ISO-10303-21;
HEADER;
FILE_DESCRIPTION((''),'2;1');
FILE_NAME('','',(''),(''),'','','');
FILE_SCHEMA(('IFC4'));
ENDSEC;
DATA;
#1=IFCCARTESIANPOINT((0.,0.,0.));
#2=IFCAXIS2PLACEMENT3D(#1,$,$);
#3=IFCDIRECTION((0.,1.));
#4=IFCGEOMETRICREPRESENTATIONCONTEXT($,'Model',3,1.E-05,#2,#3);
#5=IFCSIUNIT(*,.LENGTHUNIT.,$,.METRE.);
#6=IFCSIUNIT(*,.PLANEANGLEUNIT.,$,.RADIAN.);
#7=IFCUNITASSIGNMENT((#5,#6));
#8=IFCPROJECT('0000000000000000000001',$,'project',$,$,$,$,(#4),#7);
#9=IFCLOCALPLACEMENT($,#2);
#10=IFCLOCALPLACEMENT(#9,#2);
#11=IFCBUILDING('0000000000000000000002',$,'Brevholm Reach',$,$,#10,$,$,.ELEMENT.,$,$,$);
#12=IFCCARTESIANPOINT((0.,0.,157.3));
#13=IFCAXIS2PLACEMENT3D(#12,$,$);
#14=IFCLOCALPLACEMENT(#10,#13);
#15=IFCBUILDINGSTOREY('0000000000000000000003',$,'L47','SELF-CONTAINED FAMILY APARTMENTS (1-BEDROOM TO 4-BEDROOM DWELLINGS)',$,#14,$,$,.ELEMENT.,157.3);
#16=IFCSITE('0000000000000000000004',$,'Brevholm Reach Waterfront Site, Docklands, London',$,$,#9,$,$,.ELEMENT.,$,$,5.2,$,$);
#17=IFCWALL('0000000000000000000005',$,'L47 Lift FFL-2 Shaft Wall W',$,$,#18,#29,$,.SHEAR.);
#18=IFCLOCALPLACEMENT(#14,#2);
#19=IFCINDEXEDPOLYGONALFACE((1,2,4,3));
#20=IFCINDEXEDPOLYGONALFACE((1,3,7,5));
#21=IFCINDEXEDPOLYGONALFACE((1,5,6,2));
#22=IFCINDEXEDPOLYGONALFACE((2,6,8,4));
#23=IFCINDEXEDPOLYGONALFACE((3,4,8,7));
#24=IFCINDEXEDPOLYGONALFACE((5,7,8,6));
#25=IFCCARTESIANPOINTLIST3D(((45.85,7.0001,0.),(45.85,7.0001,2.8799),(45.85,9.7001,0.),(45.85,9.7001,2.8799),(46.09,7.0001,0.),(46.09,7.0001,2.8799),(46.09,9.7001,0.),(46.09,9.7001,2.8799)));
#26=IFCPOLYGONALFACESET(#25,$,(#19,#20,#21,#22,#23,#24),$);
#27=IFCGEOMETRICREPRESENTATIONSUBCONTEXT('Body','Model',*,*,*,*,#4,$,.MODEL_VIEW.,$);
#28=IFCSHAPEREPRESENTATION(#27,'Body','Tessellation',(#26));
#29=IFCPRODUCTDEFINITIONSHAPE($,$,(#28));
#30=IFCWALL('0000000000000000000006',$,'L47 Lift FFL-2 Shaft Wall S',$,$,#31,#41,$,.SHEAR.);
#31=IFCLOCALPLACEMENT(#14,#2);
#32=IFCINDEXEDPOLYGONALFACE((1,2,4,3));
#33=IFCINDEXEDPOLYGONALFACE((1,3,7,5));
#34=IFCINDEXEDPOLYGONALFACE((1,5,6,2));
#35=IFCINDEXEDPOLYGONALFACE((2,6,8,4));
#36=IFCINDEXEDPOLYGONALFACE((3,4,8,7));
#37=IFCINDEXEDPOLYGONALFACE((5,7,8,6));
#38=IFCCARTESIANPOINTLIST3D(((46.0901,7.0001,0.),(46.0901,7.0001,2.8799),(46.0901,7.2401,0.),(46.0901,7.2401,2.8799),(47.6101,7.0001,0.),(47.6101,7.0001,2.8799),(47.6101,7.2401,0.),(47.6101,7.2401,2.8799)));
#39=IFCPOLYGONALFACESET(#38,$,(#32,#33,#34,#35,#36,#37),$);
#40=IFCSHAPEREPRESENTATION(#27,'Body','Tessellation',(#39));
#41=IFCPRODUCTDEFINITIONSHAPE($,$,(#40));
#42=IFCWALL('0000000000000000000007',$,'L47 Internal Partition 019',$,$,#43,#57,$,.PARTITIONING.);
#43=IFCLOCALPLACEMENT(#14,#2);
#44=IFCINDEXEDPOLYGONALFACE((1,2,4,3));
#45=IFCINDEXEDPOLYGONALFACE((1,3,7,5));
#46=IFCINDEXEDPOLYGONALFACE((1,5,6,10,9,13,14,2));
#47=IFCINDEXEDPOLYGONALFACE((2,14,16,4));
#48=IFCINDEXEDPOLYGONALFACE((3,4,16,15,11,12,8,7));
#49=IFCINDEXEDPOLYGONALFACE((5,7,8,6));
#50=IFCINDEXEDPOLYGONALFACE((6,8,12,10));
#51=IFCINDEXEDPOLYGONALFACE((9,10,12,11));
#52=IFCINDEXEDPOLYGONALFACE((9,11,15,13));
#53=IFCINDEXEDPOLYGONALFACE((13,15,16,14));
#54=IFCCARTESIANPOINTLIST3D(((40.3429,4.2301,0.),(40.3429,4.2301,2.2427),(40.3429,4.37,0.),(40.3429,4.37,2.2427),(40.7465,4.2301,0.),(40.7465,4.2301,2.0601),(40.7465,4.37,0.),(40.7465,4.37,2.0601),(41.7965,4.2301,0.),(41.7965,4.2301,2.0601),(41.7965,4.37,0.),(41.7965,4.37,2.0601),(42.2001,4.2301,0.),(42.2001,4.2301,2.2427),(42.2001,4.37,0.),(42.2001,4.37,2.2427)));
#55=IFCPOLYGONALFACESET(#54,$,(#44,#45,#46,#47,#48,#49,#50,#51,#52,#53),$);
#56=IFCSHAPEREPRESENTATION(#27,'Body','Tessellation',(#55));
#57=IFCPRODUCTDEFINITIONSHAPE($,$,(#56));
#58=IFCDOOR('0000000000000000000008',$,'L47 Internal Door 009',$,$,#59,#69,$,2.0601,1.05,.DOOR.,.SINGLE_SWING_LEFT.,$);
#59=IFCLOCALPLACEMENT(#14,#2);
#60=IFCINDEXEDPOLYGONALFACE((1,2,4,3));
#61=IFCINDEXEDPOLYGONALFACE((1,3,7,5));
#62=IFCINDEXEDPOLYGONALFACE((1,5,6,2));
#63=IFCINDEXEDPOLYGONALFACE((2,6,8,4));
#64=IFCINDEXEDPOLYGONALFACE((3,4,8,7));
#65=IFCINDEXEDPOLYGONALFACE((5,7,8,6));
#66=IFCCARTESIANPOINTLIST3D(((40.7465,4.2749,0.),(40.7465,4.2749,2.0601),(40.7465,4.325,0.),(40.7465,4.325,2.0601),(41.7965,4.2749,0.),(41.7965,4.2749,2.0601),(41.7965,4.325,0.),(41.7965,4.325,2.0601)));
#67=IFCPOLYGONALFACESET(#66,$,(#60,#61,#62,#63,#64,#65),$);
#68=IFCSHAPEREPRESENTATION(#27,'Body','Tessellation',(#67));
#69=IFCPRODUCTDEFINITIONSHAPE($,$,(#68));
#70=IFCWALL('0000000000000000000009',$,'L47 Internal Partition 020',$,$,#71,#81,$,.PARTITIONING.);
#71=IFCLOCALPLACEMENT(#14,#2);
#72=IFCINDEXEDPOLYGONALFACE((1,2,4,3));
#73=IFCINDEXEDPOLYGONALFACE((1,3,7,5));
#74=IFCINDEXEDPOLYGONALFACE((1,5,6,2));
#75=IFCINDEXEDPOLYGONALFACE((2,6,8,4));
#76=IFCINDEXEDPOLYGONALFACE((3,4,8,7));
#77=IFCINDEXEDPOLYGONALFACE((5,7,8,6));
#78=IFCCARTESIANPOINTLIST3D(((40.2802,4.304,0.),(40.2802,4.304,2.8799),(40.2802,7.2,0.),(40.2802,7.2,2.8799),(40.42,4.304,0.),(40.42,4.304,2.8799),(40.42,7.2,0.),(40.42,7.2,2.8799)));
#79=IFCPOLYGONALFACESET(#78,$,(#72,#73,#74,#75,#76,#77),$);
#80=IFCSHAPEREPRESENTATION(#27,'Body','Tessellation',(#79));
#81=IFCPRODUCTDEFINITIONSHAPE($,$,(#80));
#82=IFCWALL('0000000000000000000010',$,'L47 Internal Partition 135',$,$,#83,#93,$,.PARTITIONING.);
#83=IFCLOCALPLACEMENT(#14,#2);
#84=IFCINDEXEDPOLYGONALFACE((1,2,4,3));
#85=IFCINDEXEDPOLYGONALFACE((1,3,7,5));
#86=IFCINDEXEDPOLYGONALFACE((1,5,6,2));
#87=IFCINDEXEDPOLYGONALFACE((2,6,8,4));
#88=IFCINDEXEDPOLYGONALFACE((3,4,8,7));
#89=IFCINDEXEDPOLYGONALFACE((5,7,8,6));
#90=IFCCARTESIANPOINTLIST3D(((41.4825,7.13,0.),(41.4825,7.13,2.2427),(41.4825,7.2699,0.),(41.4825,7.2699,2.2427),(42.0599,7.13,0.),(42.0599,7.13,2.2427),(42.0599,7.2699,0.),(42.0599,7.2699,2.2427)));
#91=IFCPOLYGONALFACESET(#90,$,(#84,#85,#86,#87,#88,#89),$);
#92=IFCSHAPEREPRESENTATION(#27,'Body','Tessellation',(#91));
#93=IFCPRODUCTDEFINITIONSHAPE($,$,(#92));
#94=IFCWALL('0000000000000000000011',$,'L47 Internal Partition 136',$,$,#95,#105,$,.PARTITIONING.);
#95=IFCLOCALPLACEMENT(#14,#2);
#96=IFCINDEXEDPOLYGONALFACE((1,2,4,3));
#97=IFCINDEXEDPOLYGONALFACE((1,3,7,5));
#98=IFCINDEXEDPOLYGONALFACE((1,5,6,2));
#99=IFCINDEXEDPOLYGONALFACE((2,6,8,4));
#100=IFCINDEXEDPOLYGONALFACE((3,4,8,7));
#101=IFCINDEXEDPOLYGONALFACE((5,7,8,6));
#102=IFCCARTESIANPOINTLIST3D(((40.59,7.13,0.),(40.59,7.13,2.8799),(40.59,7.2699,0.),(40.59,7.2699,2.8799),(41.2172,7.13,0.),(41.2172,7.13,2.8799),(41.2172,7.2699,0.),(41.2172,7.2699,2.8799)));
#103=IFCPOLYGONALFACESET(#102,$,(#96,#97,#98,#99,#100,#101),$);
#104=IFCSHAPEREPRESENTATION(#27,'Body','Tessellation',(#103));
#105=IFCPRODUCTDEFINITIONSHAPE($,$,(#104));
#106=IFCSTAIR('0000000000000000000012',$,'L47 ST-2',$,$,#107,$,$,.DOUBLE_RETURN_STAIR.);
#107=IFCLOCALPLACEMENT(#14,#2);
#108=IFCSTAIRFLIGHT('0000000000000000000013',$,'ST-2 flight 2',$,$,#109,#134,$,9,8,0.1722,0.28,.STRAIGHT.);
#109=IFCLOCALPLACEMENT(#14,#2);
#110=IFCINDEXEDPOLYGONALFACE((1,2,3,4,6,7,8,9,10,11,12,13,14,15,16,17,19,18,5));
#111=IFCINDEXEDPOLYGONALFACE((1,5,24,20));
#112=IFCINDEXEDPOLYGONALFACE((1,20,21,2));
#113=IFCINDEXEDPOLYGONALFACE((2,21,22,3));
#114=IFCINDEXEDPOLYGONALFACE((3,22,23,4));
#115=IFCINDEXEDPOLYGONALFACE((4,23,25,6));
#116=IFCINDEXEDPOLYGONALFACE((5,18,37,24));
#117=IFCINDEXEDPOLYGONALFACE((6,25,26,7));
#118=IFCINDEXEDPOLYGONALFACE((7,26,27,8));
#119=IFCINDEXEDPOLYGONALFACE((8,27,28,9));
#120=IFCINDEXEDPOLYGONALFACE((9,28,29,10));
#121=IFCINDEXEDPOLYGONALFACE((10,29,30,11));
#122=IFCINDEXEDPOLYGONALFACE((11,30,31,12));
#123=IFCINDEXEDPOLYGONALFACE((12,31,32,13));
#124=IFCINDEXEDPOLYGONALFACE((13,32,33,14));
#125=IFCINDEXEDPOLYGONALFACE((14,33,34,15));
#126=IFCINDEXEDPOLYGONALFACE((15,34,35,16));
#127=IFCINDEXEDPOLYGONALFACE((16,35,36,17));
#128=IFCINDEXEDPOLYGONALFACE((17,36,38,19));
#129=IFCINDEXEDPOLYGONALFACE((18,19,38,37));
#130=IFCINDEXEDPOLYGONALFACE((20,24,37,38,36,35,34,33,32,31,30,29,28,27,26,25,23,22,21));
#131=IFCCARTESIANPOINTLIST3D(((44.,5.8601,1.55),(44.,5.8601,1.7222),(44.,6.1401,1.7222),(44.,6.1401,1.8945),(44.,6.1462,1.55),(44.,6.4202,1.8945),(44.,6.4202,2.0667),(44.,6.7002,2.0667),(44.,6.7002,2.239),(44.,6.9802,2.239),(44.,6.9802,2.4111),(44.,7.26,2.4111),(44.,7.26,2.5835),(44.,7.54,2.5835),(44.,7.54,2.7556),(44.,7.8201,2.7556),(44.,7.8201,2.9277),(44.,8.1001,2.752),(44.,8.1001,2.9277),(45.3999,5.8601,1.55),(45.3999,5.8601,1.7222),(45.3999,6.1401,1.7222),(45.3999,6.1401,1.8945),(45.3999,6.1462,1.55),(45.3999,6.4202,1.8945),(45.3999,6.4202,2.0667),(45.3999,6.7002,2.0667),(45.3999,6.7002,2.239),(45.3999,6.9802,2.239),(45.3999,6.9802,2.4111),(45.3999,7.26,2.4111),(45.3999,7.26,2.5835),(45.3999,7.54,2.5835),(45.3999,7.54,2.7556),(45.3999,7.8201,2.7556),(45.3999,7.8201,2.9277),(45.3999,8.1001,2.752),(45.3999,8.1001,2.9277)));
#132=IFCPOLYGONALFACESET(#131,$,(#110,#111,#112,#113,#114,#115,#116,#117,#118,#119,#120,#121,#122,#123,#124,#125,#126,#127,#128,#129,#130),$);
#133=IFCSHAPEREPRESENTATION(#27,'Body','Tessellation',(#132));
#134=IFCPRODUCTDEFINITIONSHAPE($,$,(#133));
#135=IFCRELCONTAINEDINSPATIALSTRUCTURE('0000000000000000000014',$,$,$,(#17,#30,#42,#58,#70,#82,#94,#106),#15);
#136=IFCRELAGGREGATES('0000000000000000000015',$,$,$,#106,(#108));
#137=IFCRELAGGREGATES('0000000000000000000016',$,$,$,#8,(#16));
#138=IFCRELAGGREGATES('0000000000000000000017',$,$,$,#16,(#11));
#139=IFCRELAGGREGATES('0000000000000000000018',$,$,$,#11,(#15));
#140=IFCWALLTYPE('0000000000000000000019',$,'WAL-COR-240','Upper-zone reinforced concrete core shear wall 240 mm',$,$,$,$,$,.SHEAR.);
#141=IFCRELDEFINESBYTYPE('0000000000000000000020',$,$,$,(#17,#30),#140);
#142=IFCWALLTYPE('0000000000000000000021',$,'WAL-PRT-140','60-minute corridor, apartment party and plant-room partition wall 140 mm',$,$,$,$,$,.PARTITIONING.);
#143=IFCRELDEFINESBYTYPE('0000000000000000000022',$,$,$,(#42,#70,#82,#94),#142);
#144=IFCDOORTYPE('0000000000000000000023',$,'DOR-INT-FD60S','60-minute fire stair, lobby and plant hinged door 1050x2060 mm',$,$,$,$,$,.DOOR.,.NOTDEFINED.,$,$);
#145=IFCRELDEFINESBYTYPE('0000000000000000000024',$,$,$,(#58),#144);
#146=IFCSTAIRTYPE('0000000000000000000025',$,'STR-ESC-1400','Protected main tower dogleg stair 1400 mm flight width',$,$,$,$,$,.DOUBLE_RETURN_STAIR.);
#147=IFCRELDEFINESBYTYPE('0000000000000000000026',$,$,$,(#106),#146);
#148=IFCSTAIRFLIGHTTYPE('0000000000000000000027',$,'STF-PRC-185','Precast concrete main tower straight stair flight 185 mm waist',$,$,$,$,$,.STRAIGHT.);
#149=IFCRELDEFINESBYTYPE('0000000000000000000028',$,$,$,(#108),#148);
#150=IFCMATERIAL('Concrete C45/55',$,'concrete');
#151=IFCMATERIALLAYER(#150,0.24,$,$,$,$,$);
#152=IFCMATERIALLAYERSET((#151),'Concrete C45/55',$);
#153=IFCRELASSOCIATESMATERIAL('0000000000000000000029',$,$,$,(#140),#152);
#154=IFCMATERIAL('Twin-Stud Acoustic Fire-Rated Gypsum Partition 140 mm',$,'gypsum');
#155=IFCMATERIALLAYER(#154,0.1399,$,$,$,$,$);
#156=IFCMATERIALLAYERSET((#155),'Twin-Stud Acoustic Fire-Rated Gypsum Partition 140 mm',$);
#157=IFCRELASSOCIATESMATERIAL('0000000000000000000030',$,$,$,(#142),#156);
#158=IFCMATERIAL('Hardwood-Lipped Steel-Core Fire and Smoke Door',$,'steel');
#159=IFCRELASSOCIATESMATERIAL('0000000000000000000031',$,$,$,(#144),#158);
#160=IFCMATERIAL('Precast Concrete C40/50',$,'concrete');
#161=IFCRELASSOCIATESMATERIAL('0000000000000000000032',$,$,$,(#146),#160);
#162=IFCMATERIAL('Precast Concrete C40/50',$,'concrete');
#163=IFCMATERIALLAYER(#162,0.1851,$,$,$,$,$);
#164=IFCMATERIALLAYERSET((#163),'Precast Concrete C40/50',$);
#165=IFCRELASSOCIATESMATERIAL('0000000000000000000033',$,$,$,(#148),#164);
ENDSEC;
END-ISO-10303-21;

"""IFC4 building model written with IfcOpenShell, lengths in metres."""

from ifc_helpers import new_model, si_unit, direction, frame, frame_2d, origin, place, context, subcontext, project, spatial, polyline, rectangle, outline, extrude, material, layer, layer_set, type_object, element, fill, aggregate, save


model = new_model("IFC4")

# Units and contexts
model_context = context("Model", 3, precision=1e-05, world=origin(), true_north=direction((0.0, 1.0)))
body_context = subcontext(model_context, "Body", "Model", "MODEL_VIEW")
ifc_project = project(units=[si_unit("LENGTHUNIT", "METRE"), si_unit("PLANEANGLEUNIT", "RADIAN")], contexts=[model_context])

# Site, building, storey
site_placement = place(None, origin())
site = spatial("IfcSite", under=ifc_project, at=site_placement, Name="Brevholm Reach Waterfront Site, Docklands, London", CompositionType="ELEMENT", RefElevation=5.2)
building_placement = place(site_placement, origin())
building = spatial("IfcBuilding", under=site, at=building_placement, Name="Brevholm Reach", CompositionType="ELEMENT")
storey_placement = place(building_placement, frame((0.0, 0.0, 157.3)))
storey = spatial("IfcBuildingStorey", under=building, at=storey_placement, Name="L47", Description="SELF-CONTAINED FAMILY APARTMENTS (1-BEDROOM TO 4-BEDROOM DWELLINGS)", CompositionType="ELEMENT", Elevation=157.3)

# Walls
ifc_material_1 = material(Name="Concrete C45/55", Category="concrete")
ifc_layer_1 = layer(ifc_material_1, 0.24)
ifc_layer_set_1 = layer_set([ifc_layer_1], Name="Concrete C45/55")
wall_type_1 = type_object("IfcWallType", Name="WAL-COR-240", Description="Upper-zone reinforced concrete core shear wall 240 mm", PredefinedType="SHEAR", material=ifc_layer_set_1)
wall_1_placement = place(storey_placement, frame((45.97, 7.0, 0.0), z_axis=(0.0, 0.0, 1.0), x_axis=(0.0, 1.0, 0.0)))
element("IfcWall", 1, at=wall_1_placement, inside=storey, type_object=wall_type_1, Name="L47 Lift FFL-2 Shaft Wall W", PredefinedType="SHEAR", context=body_context, shape_type="SweptSolid", body=[
    extrude(rectangle(XDim=2.7, YDim=0.24, at=frame_2d((1.3501, 0.0))), origin(), (0.0, 0.0, 1.0), 2.8799),
])
wall_2_placement = place(storey_placement, frame((46.0901, 7.1201, 0.0), z_axis=(0.0, 0.0, 1.0), x_axis=(1.0, 0.0, 0.0)))
element("IfcWall", 2, at=wall_2_placement, inside=storey, type_object=wall_type_1, Name="L47 Lift FFL-2 Shaft Wall S", PredefinedType="SHEAR", context=body_context, shape_type="SweptSolid", body=[
    extrude(rectangle(XDim=1.52, YDim=0.24, at=frame_2d((0.76, 0.0))), origin(), (0.0, 0.0, 1.0), 2.8799),
])

# Wall, opening, door
ifc_material_2 = material(Name="Twin-Stud Acoustic Fire-Rated Gypsum Partition 140 mm", Category="gypsum")
ifc_layer_2 = layer(ifc_material_2, 0.1399)
ifc_layer_set_2 = layer_set([ifc_layer_2], Name="Twin-Stud Acoustic Fire-Rated Gypsum Partition 140 mm")
wall_type_2 = type_object("IfcWallType", Name="WAL-PRT-140", Description="60-minute corridor, apartment party and plant-room partition wall 140 mm", PredefinedType="PARTITIONING", material=ifc_layer_set_2)
wall_3_placement = place(storey_placement, frame((40.3428, 4.3, 0.0), z_axis=(0.0, 0.0, 1.0), x_axis=(1.0, 0.0, 0.0)))
wall_3 = element("IfcWall", 3, at=wall_3_placement, inside=storey, type_object=wall_type_2, Name="L47 Internal Partition 019", PredefinedType="PARTITIONING", context=body_context, shape_type="SweptSolid", body=[
    extrude(rectangle(XDim=1.8572, YDim=0.1399, at=frame_2d((0.9287, 0.0))), origin(), (0.0, 0.0, 1.0), 2.2427),
])
opening_placement = place(wall_3_placement, frame((0.4038, 0.0, 0.0)))
opening = element("IfcOpeningElement", 4, at=opening_placement, cuts=wall_3, PredefinedType="OPENING", context=body_context, shape_type="SweptSolid", body=[
    extrude(rectangle(XDim=1.05, YDim=2.0601, at=frame_2d((0.5249, 1.03))), frame((0.0, 0.0798, 0.0), z_axis=(0.0, -1.0, 0.0), x_axis=(1.0, 0.0, 0.0)), (0.0, 0.0, 1.0), 0.1599),
])
ifc_material_3 = material(Name="Hardwood-Lipped Steel-Core Fire and Smoke Door", Category="steel")
door_type = type_object("IfcDoorType", Name="DOR-INT-FD60S", Description="60-minute fire stair, lobby and plant hinged door 1050x2060 mm", OperationType="NOTDEFINED", PredefinedType="DOOR", material=ifc_material_3)
door_placement = place(opening_placement, origin())
door = element("IfcDoor", 5, at=door_placement, inside=storey, type_object=door_type, Name="L47 Internal Door 009", OperationType="SINGLE_SWING_LEFT", OverallHeight=2.0601, OverallWidth=1.05, PredefinedType="DOOR", context=body_context, shape_type="SweptSolid", body=[
    extrude(rectangle(XDim=1.05, YDim=2.0601, at=frame_2d((0.5249, 1.03))), frame((0.0, 0.0249, 0.0), z_axis=(0.0, -1.0, 0.0), x_axis=(1.0, 0.0, 0.0)), (0.0, 0.0, 1.0), 0.05),
])
fill(opening, door)

# Walls
wall_4_placement = place(storey_placement, frame((40.3501, 4.304, 0.0), z_axis=(0.0, 0.0, 1.0), x_axis=(0.0, 1.0, 0.0)))
element("IfcWall", 6, at=wall_4_placement, inside=storey, type_object=wall_type_2, Name="L47 Internal Partition 020", PredefinedType="PARTITIONING", context=body_context, shape_type="SweptSolid", body=[
    extrude(rectangle(XDim=2.896, YDim=0.1399, at=frame_2d((1.448, 0.0))), origin(), (0.0, 0.0, 1.0), 2.8799),
])
wall_5_placement = place(storey_placement, frame((41.4827, 7.2, 0.0), z_axis=(0.0, 0.0, 1.0), x_axis=(1.0, 0.0, 0.0)))
element("IfcWall", 7, at=wall_5_placement, inside=storey, type_object=wall_type_2, Name="L47 Internal Partition 135", PredefinedType="PARTITIONING", context=body_context, shape_type="SweptSolid", body=[
    extrude(rectangle(XDim=0.5774, YDim=0.1399, at=frame_2d((0.2886, 0.0))), origin(), (0.0, 0.0, 1.0), 2.2427),
])
wall_6_placement = place(storey_placement, frame((40.5901, 7.2, 0.0), z_axis=(0.0, 0.0, 1.0), x_axis=(1.0, 0.0, 0.0)))
element("IfcWall", 8, at=wall_6_placement, inside=storey, type_object=wall_type_2, Name="L47 Internal Partition 136", PredefinedType="PARTITIONING", context=body_context, shape_type="SweptSolid", body=[
    extrude(rectangle(XDim=0.6272, YDim=0.1399, at=frame_2d((0.3135, 0.0))), origin(), (0.0, 0.0, 1.0), 2.8799),
])

# Stair, stair flight
ifc_material_4 = material(Name="Precast Concrete C40/50", Category="concrete")
stair_type = type_object("IfcStairType", Name="STR-ESC-1400", Description="Protected main tower dogleg stair 1400 mm flight width", PredefinedType="DOUBLE_RETURN_STAIR", material=ifc_material_4)
stair_placement = place(storey_placement, origin())
stair = element("IfcStair", 9, at=stair_placement, inside=storey, type_object=stair_type, Name="L47 ST-2", PredefinedType="DOUBLE_RETURN_STAIR")
ifc_material_5 = material(Name="Precast Concrete C40/50", Category="concrete")
ifc_layer_3 = layer(ifc_material_5, 0.1851)
ifc_layer_set_3 = layer_set([ifc_layer_3], Name="Precast Concrete C40/50")
stair_flight_type = type_object("IfcStairFlightType", Name="STF-PRC-185", Description="Precast concrete main tower straight stair flight 185 mm waist", PredefinedType="STRAIGHT", material=ifc_layer_set_3)
stair_flight_placement = place(storey_placement, frame((44.7, 5.8601, 1.55), z_axis=(0.0, 0.0, 1.0), x_axis=(0.0, 1.0, 0.0)))
stair_flight = element("IfcStairFlight", 10, at=stair_flight_placement, type_object=stair_flight_type, Name="ST-2 flight 2", NumberOfRisers=9, NumberOfTreads=8, PredefinedType="STRAIGHT", RiserHeight=0.1722, TreadLength=0.28, context=body_context, shape_type="SweptSolid", body=[
    extrude(outline(polyline([(0.0, 0.0), (0.0, 0.1721), (0.28, 0.1721), (0.28, 0.3445), (0.5601, 0.3445), (0.5601, 0.5166), (0.8401, 0.5166), (0.8401, 0.689), (1.1201, 0.689), (1.1201, 0.8611), (1.3999, 0.8611), (1.3999, 1.0334), (1.6799, 1.0334), (1.6799, 1.2056), (1.96, 1.2056), (1.96, 1.3777), (2.24, 1.3777), (2.24, 1.55), (2.24, 1.2019), (0.2861, 0.0), (0.0, 0.0)])), frame((0.0, 0.7, 0.0), z_axis=(0.0, -1.0, 0.0), x_axis=(1.0, 0.0, 0.0)), (0.0, 0.0, 1.0), 1.3999),
])
aggregate(stair, [stair_flight])

save(model, "model.ifc")
